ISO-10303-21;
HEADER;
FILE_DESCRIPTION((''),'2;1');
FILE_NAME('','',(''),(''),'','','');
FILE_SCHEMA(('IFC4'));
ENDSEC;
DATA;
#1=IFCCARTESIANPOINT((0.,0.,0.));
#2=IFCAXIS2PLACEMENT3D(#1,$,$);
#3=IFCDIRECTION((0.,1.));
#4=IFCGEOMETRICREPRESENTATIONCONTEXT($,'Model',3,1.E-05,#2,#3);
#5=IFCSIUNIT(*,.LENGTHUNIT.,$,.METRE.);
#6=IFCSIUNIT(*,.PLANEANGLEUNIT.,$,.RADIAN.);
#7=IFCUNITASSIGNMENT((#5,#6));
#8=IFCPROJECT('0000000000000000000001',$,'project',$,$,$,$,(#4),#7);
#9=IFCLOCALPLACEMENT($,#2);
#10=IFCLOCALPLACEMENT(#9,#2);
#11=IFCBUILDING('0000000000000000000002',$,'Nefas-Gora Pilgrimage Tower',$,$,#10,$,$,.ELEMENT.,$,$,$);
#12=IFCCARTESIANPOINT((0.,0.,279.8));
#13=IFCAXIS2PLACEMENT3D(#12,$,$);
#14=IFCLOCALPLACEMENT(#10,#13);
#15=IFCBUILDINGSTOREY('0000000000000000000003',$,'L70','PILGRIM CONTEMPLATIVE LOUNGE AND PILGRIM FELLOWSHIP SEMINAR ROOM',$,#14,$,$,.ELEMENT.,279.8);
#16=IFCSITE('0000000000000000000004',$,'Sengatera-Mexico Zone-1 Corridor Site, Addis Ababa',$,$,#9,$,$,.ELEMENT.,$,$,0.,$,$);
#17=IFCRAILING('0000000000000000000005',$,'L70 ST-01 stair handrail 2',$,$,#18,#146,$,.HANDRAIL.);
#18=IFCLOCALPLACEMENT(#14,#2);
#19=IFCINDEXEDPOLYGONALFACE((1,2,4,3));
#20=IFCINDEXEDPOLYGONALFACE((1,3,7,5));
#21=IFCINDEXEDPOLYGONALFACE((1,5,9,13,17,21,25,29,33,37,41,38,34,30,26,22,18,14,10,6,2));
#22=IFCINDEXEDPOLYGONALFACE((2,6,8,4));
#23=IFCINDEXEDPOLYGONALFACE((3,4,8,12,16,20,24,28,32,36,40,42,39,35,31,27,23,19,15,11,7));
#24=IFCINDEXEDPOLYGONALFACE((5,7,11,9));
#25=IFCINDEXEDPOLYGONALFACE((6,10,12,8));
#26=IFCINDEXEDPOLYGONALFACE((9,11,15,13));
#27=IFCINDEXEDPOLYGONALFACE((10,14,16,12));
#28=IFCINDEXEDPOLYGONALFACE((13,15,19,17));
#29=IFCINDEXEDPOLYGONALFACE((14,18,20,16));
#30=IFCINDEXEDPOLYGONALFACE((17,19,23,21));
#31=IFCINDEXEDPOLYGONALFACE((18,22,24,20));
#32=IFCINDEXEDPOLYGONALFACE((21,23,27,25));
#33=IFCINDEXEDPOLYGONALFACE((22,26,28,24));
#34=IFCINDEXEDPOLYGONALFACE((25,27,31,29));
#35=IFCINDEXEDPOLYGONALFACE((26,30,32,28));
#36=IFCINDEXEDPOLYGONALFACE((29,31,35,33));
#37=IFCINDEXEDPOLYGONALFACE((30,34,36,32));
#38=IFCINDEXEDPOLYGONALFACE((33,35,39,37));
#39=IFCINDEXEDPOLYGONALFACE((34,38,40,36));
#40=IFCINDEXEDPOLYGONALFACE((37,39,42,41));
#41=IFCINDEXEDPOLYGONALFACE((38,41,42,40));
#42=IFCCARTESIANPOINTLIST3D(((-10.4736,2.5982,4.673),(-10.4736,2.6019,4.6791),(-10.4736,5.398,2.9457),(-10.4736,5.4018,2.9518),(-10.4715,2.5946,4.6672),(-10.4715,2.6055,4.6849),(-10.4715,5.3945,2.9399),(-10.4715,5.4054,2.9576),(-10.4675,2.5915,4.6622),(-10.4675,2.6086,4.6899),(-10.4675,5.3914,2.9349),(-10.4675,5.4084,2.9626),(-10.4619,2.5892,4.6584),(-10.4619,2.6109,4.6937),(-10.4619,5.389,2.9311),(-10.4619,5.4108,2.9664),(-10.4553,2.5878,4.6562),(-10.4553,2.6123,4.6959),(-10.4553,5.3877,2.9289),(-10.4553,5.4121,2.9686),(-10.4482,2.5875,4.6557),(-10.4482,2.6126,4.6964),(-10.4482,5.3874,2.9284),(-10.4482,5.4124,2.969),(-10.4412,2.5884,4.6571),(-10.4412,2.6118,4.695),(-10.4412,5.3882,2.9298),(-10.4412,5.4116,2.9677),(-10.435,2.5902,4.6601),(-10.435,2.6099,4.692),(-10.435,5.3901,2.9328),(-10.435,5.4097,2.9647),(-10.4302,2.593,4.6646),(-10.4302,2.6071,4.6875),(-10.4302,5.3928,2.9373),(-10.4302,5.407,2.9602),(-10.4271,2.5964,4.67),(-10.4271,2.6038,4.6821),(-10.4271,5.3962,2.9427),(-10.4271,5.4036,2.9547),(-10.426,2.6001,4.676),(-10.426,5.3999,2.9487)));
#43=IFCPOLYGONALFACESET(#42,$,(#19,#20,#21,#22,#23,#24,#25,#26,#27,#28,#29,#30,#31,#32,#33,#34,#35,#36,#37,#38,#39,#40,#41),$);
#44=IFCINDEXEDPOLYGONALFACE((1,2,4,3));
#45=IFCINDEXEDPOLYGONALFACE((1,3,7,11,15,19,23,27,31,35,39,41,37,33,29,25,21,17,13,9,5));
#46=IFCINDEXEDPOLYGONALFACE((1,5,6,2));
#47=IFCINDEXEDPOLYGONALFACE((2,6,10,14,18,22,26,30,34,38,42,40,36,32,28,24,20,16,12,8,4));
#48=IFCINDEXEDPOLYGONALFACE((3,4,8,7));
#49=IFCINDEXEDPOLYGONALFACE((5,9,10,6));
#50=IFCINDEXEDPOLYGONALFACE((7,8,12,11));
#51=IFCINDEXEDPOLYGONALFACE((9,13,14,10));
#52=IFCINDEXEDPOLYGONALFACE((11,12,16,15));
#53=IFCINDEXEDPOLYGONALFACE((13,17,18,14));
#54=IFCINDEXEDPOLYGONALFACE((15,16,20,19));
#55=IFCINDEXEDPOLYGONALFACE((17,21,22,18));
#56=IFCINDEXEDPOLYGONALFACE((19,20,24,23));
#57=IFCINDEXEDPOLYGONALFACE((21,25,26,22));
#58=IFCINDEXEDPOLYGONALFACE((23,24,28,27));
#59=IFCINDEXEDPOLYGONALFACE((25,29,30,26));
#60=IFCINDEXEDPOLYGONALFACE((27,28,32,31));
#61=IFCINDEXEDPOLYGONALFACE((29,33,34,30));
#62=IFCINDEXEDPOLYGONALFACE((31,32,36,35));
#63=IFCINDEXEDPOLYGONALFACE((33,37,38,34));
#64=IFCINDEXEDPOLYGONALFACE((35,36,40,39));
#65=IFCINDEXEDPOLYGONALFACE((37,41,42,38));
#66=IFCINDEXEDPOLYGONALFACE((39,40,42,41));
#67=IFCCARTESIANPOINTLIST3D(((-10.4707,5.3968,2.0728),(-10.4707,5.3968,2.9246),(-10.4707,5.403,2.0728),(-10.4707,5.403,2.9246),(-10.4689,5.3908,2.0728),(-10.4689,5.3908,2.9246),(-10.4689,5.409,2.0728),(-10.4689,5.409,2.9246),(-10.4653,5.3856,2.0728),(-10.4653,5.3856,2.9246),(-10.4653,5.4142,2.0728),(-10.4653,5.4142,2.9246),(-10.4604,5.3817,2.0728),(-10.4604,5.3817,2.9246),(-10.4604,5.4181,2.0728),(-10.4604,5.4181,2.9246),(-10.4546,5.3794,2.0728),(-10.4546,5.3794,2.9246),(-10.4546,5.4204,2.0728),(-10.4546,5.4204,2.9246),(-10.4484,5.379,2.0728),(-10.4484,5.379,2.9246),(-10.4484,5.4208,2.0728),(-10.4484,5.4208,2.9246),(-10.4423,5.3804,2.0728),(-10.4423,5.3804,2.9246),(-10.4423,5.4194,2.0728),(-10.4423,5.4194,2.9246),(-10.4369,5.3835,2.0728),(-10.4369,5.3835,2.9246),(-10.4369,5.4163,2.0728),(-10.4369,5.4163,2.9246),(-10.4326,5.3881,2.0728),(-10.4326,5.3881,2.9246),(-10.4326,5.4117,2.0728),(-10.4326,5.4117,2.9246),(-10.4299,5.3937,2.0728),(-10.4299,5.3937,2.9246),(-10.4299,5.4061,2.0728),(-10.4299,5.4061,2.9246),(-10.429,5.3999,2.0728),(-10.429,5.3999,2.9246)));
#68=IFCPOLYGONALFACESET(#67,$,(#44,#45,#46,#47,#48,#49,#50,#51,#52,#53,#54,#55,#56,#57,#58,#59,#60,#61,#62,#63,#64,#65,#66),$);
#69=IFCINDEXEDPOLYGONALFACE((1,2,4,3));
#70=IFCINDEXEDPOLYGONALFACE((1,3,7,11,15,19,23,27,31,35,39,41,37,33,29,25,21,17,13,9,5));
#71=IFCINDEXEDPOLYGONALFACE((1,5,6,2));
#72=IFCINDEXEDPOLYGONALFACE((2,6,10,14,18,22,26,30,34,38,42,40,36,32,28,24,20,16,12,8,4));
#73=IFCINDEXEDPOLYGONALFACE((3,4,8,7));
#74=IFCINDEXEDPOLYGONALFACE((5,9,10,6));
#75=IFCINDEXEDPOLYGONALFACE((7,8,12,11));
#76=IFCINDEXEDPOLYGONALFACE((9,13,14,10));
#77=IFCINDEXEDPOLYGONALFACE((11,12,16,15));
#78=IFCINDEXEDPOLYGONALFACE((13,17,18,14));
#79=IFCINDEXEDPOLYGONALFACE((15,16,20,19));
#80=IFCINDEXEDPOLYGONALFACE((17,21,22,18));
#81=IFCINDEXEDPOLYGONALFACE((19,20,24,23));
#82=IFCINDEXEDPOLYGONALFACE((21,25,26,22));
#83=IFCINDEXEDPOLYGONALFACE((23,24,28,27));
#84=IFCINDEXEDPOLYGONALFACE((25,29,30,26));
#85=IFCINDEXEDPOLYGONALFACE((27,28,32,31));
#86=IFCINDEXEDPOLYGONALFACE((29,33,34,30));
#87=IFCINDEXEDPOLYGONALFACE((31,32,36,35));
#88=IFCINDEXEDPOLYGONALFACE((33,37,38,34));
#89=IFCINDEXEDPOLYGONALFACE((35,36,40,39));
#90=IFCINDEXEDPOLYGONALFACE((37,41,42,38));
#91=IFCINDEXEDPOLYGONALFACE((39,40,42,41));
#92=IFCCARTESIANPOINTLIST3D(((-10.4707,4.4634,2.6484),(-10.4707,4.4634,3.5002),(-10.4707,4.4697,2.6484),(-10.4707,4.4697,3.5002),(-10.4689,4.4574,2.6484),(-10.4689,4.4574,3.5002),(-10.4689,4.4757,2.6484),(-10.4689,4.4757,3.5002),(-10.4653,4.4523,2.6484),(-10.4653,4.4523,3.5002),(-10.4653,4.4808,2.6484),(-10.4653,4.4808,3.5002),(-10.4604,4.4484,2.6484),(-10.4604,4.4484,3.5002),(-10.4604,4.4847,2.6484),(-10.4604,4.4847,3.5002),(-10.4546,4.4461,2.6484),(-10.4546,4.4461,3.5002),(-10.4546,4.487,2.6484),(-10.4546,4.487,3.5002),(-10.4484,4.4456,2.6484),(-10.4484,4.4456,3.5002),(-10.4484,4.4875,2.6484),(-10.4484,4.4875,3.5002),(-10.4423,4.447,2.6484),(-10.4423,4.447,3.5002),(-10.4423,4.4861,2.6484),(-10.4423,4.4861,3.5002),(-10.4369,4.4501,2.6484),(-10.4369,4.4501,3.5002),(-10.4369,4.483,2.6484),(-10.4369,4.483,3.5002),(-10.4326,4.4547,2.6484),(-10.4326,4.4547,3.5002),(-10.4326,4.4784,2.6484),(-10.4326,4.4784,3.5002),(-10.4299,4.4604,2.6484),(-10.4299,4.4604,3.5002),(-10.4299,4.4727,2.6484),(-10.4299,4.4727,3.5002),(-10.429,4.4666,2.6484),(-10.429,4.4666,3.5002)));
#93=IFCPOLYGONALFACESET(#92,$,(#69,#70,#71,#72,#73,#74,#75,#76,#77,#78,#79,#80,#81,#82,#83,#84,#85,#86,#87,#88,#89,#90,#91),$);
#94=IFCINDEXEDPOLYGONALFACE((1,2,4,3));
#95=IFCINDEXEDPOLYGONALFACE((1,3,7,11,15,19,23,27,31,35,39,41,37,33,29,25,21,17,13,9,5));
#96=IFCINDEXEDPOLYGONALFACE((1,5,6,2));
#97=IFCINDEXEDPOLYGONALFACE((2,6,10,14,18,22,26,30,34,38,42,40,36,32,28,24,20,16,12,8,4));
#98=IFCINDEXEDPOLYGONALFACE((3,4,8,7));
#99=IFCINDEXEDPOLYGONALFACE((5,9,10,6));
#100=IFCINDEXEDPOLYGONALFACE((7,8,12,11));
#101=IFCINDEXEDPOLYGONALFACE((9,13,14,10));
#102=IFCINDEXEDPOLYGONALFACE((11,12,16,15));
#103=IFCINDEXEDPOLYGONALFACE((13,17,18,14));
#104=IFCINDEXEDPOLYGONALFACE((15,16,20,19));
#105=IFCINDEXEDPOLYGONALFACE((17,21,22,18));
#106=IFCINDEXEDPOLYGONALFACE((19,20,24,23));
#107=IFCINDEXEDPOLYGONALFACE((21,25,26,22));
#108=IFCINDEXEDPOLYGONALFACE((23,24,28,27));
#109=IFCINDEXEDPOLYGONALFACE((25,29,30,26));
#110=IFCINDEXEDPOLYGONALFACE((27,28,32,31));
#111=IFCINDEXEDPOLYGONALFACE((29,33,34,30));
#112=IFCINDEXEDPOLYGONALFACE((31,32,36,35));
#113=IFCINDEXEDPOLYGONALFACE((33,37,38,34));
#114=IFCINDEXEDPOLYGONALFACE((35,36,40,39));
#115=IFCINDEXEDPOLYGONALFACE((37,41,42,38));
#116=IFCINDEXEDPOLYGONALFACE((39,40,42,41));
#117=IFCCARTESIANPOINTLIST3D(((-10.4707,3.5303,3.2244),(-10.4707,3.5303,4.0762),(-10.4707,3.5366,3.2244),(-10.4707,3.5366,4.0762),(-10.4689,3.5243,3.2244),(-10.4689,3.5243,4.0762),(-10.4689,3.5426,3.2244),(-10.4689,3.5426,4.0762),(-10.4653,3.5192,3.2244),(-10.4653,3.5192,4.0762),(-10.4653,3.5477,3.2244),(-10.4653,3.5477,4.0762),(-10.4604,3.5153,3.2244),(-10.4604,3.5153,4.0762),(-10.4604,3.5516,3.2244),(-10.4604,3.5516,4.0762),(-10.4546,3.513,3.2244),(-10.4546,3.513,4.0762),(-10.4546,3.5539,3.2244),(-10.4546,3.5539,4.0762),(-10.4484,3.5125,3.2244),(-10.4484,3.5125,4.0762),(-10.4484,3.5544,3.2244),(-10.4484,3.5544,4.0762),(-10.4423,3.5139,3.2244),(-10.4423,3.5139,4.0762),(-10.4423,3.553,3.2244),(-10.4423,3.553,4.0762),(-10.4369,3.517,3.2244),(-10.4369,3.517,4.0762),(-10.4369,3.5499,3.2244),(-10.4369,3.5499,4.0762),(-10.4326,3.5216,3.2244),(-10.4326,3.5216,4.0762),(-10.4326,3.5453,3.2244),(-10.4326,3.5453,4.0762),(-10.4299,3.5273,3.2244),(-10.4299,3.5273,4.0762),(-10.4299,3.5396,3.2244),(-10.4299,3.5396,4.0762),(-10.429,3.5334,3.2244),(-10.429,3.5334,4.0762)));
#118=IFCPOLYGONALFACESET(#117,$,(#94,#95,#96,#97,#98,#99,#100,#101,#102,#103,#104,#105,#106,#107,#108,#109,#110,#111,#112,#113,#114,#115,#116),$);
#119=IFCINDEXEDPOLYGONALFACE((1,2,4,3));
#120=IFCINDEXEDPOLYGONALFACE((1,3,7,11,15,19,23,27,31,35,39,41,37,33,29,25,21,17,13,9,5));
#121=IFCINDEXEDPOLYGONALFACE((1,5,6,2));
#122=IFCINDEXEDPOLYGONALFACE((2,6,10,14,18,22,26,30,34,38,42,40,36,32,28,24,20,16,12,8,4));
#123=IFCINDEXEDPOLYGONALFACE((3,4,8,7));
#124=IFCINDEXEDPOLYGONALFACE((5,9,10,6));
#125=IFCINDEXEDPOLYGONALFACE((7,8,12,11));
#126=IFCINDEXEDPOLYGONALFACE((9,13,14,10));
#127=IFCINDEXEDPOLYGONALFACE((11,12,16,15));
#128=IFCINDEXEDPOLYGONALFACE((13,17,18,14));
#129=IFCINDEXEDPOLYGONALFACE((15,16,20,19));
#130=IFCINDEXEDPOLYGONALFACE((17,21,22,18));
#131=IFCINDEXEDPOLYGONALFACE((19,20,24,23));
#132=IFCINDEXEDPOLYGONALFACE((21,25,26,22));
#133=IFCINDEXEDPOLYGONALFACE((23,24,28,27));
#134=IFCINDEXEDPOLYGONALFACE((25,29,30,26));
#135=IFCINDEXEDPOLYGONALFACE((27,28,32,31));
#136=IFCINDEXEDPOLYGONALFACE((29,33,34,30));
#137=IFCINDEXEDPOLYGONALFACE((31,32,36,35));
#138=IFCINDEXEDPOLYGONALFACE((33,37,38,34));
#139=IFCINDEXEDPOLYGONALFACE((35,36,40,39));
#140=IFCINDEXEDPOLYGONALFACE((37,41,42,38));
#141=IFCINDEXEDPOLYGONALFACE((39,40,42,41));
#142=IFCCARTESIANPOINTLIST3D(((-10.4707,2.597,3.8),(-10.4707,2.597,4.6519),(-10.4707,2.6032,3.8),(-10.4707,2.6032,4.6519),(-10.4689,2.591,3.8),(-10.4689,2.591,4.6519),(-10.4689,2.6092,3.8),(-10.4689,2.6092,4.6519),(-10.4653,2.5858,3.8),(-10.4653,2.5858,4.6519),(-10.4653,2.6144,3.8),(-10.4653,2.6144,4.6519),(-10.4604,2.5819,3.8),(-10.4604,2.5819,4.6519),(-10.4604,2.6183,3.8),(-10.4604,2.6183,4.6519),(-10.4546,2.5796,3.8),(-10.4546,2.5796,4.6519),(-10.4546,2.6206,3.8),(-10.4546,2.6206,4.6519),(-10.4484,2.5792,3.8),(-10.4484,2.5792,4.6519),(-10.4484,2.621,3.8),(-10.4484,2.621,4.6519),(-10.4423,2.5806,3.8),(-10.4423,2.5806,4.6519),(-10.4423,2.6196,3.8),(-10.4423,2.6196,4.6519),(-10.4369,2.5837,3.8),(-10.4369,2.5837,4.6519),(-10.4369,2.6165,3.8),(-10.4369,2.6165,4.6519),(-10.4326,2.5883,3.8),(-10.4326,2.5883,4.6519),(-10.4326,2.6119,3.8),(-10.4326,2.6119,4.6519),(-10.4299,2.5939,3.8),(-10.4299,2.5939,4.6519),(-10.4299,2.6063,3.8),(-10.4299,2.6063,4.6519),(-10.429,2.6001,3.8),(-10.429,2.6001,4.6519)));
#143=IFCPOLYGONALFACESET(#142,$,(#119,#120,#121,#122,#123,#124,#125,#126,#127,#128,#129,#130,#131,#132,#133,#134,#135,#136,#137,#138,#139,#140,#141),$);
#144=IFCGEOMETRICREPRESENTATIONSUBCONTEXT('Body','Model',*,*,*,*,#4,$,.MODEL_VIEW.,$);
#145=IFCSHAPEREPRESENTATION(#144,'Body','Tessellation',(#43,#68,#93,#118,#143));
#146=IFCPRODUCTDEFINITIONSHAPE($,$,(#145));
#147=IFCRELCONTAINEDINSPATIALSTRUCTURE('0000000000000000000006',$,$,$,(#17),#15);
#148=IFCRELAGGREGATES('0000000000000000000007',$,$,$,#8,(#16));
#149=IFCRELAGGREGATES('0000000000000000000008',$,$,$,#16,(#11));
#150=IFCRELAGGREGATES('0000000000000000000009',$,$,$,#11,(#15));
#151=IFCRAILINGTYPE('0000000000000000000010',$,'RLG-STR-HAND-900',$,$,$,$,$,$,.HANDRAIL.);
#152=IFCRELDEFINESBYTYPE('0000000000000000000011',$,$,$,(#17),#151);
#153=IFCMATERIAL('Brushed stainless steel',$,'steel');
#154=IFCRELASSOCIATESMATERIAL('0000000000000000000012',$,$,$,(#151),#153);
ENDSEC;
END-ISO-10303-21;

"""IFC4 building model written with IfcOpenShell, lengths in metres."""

from ifc_helpers import new_model, si_unit, direction, frame, origin, origin_2d, place, context, subcontext, project, spatial, circle, extrude, material, type_object, element, save


model = new_model("IFC4")

# Units and contexts
model_context = context("Model", 3, precision=1e-05, world=origin(), true_north=direction((0.0, 1.0)))
body_context = subcontext(model_context, "Body", "Model", "MODEL_VIEW")
ifc_project = project(units=[si_unit("LENGTHUNIT", "METRE"), si_unit("PLANEANGLEUNIT", "RADIAN")], contexts=[model_context])

# Site, building, storey
site_placement = place(None, origin())
site = spatial("IfcSite", under=ifc_project, at=site_placement, Name="Sengatera-Mexico Zone-1 Corridor Site, Addis Ababa", CompositionType="ELEMENT", RefElevation=0.0)
building_placement = place(site_placement, origin())
building = spatial("IfcBuilding", under=site, at=building_placement, Name="Nefas-Gora Pilgrimage Tower", CompositionType="ELEMENT")
storey_placement = place(building_placement, frame((0.0, 0.0, 279.8)))
storey = spatial("IfcBuildingStorey", under=building, at=storey_placement, Name="L70", Description="PILGRIM CONTEMPLATIVE LOUNGE AND PILGRIM FELLOWSHIP SEMINAR ROOM", CompositionType="ELEMENT", Elevation=279.8)

# Railing
ifc_material_1 = material(Name="Brushed stainless steel", Category="steel")
railing_type_1 = type_object("IfcRailingType", Name="RLG-STR-HAND-900", PredefinedType="HANDRAIL", material=ifc_material_1)
railing_1_placement = place(storey_placement, frame((-10.45, 5.3999, 2.0728)))
element("IfcRailing", 1, at=railing_1_placement, inside=storey, type_object=railing_type_1, Name="L70 ST-01 stair handrail 2", PredefinedType="HANDRAIL", context=body_context, shape_type="SweptSolid", body=[
    extrude(circle(Radius=0.0239, at=origin_2d()), frame((0.0, 0.0, 0.876), z_axis=(0.0, -0.851069, 0.525054), x_axis=(1.0, 0.0, 0.0)), (0.0, 0.0, 1.0), 3.2898),
    extrude(circle(Radius=0.021, at=origin_2d()), origin(), (0.0, 0.0, 1.0), 0.8518),
    extrude(circle(Radius=0.021, at=origin_2d()), frame((0.0, -0.9333, 0.5757)), (0.0, 0.0, 1.0), 0.8518),
    extrude(circle(Radius=0.021, at=origin_2d()), frame((0.0, -1.8665, 1.1516)), (0.0, 0.0, 1.0), 0.8518),
    extrude(circle(Radius=0.021, at=origin_2d()), frame((0.0, -2.7998, 1.7273)), (0.0, 0.0, 1.0), 0.8518),
])

save(model, "model.ifc")
